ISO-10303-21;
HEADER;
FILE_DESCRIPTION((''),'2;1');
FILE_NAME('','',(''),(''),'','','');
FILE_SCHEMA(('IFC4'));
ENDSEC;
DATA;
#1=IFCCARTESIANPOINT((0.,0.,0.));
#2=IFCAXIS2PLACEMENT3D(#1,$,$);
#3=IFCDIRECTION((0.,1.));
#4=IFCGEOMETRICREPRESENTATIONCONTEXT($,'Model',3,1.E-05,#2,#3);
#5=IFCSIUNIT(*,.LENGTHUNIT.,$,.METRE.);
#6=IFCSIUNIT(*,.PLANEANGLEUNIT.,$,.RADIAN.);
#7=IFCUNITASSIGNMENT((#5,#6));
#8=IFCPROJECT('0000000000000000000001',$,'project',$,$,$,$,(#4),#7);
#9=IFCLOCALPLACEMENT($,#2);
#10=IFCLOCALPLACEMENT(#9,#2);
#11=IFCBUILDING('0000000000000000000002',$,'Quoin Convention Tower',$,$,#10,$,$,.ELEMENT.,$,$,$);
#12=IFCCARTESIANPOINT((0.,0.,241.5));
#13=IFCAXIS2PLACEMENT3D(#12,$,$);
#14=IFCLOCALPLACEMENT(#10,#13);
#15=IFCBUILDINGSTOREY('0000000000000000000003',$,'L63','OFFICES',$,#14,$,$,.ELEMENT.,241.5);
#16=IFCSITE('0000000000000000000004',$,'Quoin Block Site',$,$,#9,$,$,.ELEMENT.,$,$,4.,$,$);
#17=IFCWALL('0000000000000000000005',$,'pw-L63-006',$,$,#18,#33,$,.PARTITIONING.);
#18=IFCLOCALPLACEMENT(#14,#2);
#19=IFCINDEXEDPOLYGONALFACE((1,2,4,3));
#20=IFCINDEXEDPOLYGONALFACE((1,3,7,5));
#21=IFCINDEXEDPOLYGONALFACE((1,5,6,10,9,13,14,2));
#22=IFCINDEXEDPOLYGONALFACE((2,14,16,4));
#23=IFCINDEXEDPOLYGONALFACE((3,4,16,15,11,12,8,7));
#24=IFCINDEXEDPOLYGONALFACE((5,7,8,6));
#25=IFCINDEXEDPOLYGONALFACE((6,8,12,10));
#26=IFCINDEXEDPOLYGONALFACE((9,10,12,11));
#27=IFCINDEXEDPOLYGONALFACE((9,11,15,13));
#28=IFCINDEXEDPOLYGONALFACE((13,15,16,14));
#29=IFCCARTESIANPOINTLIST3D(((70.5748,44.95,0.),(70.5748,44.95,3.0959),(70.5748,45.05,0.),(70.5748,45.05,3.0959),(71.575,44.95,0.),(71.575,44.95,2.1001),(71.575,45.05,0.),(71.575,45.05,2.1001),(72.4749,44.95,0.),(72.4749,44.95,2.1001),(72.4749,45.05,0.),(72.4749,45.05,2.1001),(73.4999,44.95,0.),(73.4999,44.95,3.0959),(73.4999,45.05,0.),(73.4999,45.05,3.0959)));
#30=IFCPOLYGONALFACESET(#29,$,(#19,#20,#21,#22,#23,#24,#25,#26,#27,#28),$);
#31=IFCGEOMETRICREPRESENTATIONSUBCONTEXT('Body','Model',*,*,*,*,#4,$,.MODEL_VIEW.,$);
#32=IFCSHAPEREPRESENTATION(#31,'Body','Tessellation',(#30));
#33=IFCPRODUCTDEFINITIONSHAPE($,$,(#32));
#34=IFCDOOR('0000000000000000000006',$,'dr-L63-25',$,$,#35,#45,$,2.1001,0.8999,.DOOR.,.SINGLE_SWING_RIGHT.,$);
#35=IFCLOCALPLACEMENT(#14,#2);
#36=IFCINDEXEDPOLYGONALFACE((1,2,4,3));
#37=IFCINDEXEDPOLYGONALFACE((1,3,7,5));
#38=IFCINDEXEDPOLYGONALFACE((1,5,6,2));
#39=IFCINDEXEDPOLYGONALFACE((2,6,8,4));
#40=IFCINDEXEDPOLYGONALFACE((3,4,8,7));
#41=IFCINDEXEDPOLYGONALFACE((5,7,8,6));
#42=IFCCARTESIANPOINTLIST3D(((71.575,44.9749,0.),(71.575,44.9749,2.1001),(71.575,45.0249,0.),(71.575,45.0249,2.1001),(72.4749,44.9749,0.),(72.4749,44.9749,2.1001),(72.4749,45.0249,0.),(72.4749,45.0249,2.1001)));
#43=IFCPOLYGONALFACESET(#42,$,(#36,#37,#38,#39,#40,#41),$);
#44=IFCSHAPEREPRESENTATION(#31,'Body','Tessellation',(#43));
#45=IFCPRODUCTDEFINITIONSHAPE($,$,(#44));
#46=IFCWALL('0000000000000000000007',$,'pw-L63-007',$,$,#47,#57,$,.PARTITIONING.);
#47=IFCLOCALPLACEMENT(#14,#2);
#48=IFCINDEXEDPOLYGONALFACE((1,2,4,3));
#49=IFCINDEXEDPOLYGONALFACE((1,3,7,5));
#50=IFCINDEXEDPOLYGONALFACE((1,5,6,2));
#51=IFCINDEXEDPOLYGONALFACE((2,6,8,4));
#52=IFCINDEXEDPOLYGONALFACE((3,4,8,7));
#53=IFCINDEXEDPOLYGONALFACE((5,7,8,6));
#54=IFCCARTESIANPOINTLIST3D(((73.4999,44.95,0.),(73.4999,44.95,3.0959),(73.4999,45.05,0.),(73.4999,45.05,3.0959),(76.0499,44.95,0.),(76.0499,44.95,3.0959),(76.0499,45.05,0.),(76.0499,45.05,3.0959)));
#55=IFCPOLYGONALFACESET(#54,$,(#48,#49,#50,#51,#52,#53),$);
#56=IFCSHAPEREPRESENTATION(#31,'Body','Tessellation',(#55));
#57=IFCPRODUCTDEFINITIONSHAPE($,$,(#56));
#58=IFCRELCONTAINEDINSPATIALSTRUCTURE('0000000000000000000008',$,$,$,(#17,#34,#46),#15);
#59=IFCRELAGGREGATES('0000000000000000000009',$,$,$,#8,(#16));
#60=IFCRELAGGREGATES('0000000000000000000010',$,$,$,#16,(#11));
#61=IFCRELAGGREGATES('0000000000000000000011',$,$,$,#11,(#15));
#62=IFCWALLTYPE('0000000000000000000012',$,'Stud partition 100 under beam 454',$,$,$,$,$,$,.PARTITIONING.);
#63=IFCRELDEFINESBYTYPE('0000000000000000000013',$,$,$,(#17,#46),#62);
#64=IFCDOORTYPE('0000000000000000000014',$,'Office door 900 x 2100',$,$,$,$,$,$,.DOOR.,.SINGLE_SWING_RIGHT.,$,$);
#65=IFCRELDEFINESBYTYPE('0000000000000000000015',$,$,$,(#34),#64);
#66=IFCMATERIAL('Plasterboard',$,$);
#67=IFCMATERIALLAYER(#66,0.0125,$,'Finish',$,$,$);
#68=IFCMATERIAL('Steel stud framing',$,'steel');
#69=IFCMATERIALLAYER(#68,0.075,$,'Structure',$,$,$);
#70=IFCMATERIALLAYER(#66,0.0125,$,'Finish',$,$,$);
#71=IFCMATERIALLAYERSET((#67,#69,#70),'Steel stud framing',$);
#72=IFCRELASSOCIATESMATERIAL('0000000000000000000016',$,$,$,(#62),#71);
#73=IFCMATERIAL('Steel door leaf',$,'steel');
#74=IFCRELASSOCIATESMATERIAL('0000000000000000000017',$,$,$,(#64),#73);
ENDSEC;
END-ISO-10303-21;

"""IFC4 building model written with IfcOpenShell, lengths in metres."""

from ifc_helpers import new_model, si_unit, direction, frame, frame_2d, origin, place, context, subcontext, project, spatial, rectangle, extrude, material, layer, layer_set, type_object, element, fill, save


model = new_model("IFC4")

# Units and contexts
model_context = context("Model", 3, precision=1e-05, world=origin(), true_north=direction((0.0, 1.0)))
body_context = subcontext(model_context, "Body", "Model", "MODEL_VIEW")
ifc_project = project(units=[si_unit("LENGTHUNIT", "METRE"), si_unit("PLANEANGLEUNIT", "RADIAN")], contexts=[model_context])

# Site, building, storey
site_placement = place(None, origin())
site = spatial("IfcSite", under=ifc_project, at=site_placement, Name="Quoin Block Site", CompositionType="ELEMENT", RefElevation=4.0)
building_placement = place(site_placement, origin())
building = spatial("IfcBuilding", under=site, at=building_placement, Name="Quoin Convention Tower", CompositionType="ELEMENT")
storey_placement = place(building_placement, frame((0.0, 0.0, 241.5)))
storey = spatial("IfcBuildingStorey", under=building, at=storey_placement, Name="L63", Description="OFFICES", CompositionType="ELEMENT", Elevation=241.5)

# Shared definitions
ifc_material_1 = material(Name="Plasterboard")
ifc_material_2 = material(Name="Steel stud framing", Category="steel")

# Wall, opening, door
ifc_material_3 = material(Name="Steel door leaf", Category="steel")
ifc_layer_1 = layer(ifc_material_1, 0.0125, Name="Finish")
ifc_layer_2 = layer(ifc_material_2, 0.075, Name="Structure")
ifc_layer_3 = layer(ifc_material_1, 0.0125, Name="Finish")
ifc_layer_set_1 = layer_set([ifc_layer_1, ifc_layer_2, ifc_layer_3], Name="Steel stud framing")
wall_type_1 = type_object("IfcWallType", Name="Stud partition 100 under beam 454", PredefinedType="PARTITIONING", material=ifc_layer_set_1)
wall_1_placement = place(storey_placement, frame((70.575, 45.0, 0.0), z_axis=(0.0, 0.0, 1.0), x_axis=(1.0, 0.0, 0.0)))
wall_1 = element("IfcWall", 1, at=wall_1_placement, inside=storey, type_object=wall_type_1, Name="pw-L63-006", PredefinedType="PARTITIONING", context=body_context, shape_type="SweptSolid", body=[
    extrude(rectangle(XDim=2.925, YDim=0.1001, at=frame_2d((1.4624, 0.0))), origin(), (0.0, 0.0, 1.0), 3.0959),
])
opening_1_placement = place(wall_1_placement, frame((1.0, 0.0, 0.0)))
opening_1 = element("IfcOpeningElement", 2, at=opening_1_placement, cuts=wall_1, PredefinedType="OPENING", context=body_context, shape_type="SweptSolid", body=[
    extrude(rectangle(XDim=0.8999, YDim=2.1001, at=frame_2d((0.45, 1.05))), frame((0.0, 0.0601, 0.0), z_axis=(0.0, -1.0, 0.0), x_axis=(1.0, 0.0, 0.0)), (0.0, 0.0, 1.0), 0.1201),
])
door_type_1 = type_object("IfcDoorType", Name="Office door 900 x 2100", OperationType="SINGLE_SWING_RIGHT", PredefinedType="DOOR", material=ifc_material_3)
door_1_placement = place(opening_1_placement, origin())
door_1 = element("IfcDoor", 3, at=door_1_placement, inside=storey, type_object=door_type_1, Name="dr-L63-25", OperationType="SINGLE_SWING_RIGHT", OverallHeight=2.1001, OverallWidth=0.8999, PredefinedType="DOOR", context=body_context, shape_type="SweptSolid", body=[
    extrude(rectangle(XDim=0.8999, YDim=2.1001, at=frame_2d((0.45, 1.05))), frame((0.0, 0.0249, 0.0), z_axis=(0.0, -1.0, 0.0), x_axis=(1.0, 0.0, 0.0)), (0.0, 0.0, 1.0), 0.05),
])
fill(opening_1, door_1)

# Wall
wall_2_placement = place(storey_placement, frame((73.5, 45.0, 0.0), z_axis=(0.0, 0.0, 1.0), x_axis=(1.0, 0.0, 0.0)))
element("IfcWall", 4, at=wall_2_placement, inside=storey, type_object=wall_type_1, Name="pw-L63-007", PredefinedType="PARTITIONING", context=body_context, shape_type="SweptSolid", body=[
    extrude(rectangle(XDim=2.55, YDim=0.1001, at=frame_2d((1.2749, 0.0))), origin(), (0.0, 0.0, 1.0), 3.0959),
])

save(model, "model.ifc")
